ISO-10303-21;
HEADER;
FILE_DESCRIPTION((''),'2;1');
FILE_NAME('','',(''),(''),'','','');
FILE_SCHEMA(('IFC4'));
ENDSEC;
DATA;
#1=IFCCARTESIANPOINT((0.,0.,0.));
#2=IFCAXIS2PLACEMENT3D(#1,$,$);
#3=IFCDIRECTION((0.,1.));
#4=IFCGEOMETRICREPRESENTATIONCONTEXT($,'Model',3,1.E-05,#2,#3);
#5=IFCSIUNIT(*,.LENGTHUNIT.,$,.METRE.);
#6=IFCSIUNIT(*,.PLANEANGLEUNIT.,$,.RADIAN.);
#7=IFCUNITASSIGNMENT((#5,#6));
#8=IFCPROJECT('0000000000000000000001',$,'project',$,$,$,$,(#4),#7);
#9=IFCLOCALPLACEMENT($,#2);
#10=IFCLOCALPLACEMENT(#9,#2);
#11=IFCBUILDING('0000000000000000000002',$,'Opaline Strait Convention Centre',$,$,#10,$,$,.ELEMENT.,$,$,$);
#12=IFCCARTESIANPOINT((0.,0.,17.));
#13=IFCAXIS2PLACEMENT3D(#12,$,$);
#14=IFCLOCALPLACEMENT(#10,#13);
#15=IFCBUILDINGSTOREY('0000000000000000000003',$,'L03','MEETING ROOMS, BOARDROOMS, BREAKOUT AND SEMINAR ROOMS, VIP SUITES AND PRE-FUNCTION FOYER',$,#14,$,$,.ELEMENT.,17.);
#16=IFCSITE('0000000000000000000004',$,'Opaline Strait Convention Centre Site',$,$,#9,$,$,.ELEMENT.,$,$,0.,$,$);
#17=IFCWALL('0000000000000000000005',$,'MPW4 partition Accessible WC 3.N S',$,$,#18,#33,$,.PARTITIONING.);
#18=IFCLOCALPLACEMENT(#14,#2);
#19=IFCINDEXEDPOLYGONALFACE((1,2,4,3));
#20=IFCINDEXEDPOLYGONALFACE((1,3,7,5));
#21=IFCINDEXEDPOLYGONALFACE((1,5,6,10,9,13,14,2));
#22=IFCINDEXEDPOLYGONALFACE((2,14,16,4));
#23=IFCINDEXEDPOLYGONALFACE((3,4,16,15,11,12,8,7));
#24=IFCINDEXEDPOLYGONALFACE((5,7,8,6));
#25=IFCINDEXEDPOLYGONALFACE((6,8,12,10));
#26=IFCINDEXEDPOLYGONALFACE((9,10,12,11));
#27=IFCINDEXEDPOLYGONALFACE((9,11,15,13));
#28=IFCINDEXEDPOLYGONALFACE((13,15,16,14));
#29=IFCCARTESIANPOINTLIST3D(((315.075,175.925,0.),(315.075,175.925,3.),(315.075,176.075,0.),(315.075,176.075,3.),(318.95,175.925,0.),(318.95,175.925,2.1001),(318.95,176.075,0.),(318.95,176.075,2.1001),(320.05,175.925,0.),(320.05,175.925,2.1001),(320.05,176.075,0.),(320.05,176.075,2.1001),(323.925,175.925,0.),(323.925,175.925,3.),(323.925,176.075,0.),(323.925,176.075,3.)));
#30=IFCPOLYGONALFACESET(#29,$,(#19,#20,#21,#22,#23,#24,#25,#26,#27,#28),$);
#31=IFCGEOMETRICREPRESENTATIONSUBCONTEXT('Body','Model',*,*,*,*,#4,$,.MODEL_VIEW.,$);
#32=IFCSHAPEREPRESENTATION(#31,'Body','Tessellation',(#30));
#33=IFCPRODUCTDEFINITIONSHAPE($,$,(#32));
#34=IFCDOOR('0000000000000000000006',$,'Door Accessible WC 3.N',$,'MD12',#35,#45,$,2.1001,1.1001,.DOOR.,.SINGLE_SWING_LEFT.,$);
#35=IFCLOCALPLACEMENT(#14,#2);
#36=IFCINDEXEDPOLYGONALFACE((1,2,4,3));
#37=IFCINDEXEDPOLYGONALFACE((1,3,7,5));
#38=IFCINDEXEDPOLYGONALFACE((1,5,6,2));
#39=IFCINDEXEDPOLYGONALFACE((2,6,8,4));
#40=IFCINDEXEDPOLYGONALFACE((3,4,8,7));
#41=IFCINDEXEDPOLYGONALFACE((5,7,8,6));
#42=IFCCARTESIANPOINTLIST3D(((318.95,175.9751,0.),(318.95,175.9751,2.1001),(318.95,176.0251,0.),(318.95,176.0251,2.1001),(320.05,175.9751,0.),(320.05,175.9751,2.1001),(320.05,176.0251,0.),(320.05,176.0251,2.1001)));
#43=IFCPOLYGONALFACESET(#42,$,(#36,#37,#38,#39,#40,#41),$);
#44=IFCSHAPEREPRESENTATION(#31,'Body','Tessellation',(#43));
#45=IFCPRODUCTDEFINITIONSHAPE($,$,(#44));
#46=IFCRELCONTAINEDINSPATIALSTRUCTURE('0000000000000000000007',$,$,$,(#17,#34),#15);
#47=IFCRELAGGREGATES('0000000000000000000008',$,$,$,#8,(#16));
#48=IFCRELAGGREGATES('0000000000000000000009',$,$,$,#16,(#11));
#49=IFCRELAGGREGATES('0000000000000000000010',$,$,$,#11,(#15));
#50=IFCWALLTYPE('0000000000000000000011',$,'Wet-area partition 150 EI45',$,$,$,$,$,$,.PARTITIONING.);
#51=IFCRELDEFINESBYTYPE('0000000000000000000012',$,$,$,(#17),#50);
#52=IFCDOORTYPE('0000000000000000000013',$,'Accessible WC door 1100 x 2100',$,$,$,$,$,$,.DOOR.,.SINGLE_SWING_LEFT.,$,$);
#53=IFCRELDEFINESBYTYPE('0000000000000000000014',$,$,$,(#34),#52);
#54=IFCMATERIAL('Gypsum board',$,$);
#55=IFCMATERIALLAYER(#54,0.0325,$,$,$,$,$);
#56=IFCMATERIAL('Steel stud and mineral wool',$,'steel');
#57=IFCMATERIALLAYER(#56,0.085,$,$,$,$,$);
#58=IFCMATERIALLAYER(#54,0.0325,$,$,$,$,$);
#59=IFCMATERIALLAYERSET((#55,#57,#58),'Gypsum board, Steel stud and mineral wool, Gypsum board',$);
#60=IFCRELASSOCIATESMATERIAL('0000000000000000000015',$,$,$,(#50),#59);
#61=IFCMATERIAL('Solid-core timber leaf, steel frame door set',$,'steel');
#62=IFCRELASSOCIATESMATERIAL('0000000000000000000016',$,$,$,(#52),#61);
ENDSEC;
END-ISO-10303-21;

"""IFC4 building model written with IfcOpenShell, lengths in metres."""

from ifc_helpers import new_model, si_unit, direction, frame, frame_2d, origin, place, context, subcontext, project, spatial, rectangle, extrude, material, layer, layer_set, type_object, element, fill, save


model = new_model("IFC4")

# Units and contexts
model_context = context("Model", 3, precision=1e-05, world=origin(), true_north=direction((0.0, 1.0)))
body_context = subcontext(model_context, "Body", "Model", "MODEL_VIEW")
ifc_project = project(units=[si_unit("LENGTHUNIT", "METRE"), si_unit("PLANEANGLEUNIT", "RADIAN")], contexts=[model_context])

# Site, building, storey
site_placement = place(None, origin())
site = spatial("IfcSite", under=ifc_project, at=site_placement, Name="Opaline Strait Convention Centre Site", CompositionType="ELEMENT", RefElevation=0.0)
building_placement = place(site_placement, origin())
building = spatial("IfcBuilding", under=site, at=building_placement, Name="Opaline Strait Convention Centre", CompositionType="ELEMENT")
storey_placement = place(building_placement, frame((0.0, 0.0, 17.0)))
storey = spatial("IfcBuildingStorey", under=building, at=storey_placement, Name="L03", Description="MEETING ROOMS, BOARDROOMS, BREAKOUT AND SEMINAR ROOMS, VIP SUITES AND PRE-FUNCTION FOYER", CompositionType="ELEMENT", Elevation=17.0)

# Shared definitions
ifc_material_1 = material(Name="Gypsum board")
ifc_material_2 = material(Name="Steel stud and mineral wool", Category="steel")

# Wall, opening, door
ifc_material_3 = material(Name="Solid-core timber leaf, steel frame door set", Category="steel")
ifc_layer_1 = layer(ifc_material_1, 0.0325)
ifc_layer_2 = layer(ifc_material_2, 0.085)
ifc_layer_3 = layer(ifc_material_1, 0.0325)
ifc_layer_set_1 = layer_set([ifc_layer_1, ifc_layer_2, ifc_layer_3], Name="Gypsum board, Steel stud and mineral wool, Gypsum board")
wall_type_1 = type_object("IfcWallType", Name="Wet-area partition 150 EI45", PredefinedType="PARTITIONING", material=ifc_layer_set_1)
wall_1_placement = place(storey_placement, frame((315.075, 176.0, 0.0), z_axis=(0.0, 0.0, 1.0), x_axis=(1.0, 0.0, 0.0)))
wall_1 = element("IfcWall", 1, at=wall_1_placement, inside=storey, type_object=wall_type_1, Name="MPW4 partition Accessible WC 3.N S", PredefinedType="PARTITIONING", context=body_context, shape_type="SweptSolid", body=[
    extrude(rectangle(XDim=8.8501, YDim=0.1499, at=frame_2d((4.425, 0.0))), origin(), (0.0, 0.0, 1.0), 3.0),
])
opening_1_placement = place(wall_1_placement, frame((3.875, 0.0, 0.0)))
opening_1 = element("IfcOpeningElement", 2, at=opening_1_placement, cuts=wall_1, PredefinedType="OPENING", context=body_context, shape_type="SweptSolid", body=[
    extrude(rectangle(XDim=1.1001, YDim=2.1001, at=frame_2d((0.55, 1.05))), frame((0.0, 0.085, 0.0), z_axis=(0.0, -1.0, 0.0), x_axis=(1.0, 0.0, 0.0)), (0.0, 0.0, 1.0), 0.1699),
])
door_type_1 = type_object("IfcDoorType", Name="Accessible WC door 1100 x 2100", OperationType="SINGLE_SWING_LEFT", PredefinedType="DOOR", material=ifc_material_3)
door_1_placement = place(opening_1_placement, frame((1.1001, 0.0, 0.0), z_axis=(0.0, 0.0, 1.0), x_axis=(-1.0, 0.0, 0.0)))
door_1 = element("IfcDoor", 3, at=door_1_placement, inside=storey, type_object=door_type_1, Name="Door Accessible WC 3.N", ObjectType="MD12", OperationType="SINGLE_SWING_LEFT", OverallHeight=2.1001, OverallWidth=1.1001, PredefinedType="DOOR", context=body_context, shape_type="SweptSolid", body=[
    extrude(rectangle(XDim=1.1001, YDim=2.1001, at=frame_2d((0.55, 1.05))), frame((0.0, 0.0249, 0.0), z_axis=(0.0, -1.0, 0.0), x_axis=(1.0, 0.0, 0.0)), (0.0, 0.0, 1.0), 0.05),
])
fill(opening_1, door_1)

save(model, "model.ifc")
